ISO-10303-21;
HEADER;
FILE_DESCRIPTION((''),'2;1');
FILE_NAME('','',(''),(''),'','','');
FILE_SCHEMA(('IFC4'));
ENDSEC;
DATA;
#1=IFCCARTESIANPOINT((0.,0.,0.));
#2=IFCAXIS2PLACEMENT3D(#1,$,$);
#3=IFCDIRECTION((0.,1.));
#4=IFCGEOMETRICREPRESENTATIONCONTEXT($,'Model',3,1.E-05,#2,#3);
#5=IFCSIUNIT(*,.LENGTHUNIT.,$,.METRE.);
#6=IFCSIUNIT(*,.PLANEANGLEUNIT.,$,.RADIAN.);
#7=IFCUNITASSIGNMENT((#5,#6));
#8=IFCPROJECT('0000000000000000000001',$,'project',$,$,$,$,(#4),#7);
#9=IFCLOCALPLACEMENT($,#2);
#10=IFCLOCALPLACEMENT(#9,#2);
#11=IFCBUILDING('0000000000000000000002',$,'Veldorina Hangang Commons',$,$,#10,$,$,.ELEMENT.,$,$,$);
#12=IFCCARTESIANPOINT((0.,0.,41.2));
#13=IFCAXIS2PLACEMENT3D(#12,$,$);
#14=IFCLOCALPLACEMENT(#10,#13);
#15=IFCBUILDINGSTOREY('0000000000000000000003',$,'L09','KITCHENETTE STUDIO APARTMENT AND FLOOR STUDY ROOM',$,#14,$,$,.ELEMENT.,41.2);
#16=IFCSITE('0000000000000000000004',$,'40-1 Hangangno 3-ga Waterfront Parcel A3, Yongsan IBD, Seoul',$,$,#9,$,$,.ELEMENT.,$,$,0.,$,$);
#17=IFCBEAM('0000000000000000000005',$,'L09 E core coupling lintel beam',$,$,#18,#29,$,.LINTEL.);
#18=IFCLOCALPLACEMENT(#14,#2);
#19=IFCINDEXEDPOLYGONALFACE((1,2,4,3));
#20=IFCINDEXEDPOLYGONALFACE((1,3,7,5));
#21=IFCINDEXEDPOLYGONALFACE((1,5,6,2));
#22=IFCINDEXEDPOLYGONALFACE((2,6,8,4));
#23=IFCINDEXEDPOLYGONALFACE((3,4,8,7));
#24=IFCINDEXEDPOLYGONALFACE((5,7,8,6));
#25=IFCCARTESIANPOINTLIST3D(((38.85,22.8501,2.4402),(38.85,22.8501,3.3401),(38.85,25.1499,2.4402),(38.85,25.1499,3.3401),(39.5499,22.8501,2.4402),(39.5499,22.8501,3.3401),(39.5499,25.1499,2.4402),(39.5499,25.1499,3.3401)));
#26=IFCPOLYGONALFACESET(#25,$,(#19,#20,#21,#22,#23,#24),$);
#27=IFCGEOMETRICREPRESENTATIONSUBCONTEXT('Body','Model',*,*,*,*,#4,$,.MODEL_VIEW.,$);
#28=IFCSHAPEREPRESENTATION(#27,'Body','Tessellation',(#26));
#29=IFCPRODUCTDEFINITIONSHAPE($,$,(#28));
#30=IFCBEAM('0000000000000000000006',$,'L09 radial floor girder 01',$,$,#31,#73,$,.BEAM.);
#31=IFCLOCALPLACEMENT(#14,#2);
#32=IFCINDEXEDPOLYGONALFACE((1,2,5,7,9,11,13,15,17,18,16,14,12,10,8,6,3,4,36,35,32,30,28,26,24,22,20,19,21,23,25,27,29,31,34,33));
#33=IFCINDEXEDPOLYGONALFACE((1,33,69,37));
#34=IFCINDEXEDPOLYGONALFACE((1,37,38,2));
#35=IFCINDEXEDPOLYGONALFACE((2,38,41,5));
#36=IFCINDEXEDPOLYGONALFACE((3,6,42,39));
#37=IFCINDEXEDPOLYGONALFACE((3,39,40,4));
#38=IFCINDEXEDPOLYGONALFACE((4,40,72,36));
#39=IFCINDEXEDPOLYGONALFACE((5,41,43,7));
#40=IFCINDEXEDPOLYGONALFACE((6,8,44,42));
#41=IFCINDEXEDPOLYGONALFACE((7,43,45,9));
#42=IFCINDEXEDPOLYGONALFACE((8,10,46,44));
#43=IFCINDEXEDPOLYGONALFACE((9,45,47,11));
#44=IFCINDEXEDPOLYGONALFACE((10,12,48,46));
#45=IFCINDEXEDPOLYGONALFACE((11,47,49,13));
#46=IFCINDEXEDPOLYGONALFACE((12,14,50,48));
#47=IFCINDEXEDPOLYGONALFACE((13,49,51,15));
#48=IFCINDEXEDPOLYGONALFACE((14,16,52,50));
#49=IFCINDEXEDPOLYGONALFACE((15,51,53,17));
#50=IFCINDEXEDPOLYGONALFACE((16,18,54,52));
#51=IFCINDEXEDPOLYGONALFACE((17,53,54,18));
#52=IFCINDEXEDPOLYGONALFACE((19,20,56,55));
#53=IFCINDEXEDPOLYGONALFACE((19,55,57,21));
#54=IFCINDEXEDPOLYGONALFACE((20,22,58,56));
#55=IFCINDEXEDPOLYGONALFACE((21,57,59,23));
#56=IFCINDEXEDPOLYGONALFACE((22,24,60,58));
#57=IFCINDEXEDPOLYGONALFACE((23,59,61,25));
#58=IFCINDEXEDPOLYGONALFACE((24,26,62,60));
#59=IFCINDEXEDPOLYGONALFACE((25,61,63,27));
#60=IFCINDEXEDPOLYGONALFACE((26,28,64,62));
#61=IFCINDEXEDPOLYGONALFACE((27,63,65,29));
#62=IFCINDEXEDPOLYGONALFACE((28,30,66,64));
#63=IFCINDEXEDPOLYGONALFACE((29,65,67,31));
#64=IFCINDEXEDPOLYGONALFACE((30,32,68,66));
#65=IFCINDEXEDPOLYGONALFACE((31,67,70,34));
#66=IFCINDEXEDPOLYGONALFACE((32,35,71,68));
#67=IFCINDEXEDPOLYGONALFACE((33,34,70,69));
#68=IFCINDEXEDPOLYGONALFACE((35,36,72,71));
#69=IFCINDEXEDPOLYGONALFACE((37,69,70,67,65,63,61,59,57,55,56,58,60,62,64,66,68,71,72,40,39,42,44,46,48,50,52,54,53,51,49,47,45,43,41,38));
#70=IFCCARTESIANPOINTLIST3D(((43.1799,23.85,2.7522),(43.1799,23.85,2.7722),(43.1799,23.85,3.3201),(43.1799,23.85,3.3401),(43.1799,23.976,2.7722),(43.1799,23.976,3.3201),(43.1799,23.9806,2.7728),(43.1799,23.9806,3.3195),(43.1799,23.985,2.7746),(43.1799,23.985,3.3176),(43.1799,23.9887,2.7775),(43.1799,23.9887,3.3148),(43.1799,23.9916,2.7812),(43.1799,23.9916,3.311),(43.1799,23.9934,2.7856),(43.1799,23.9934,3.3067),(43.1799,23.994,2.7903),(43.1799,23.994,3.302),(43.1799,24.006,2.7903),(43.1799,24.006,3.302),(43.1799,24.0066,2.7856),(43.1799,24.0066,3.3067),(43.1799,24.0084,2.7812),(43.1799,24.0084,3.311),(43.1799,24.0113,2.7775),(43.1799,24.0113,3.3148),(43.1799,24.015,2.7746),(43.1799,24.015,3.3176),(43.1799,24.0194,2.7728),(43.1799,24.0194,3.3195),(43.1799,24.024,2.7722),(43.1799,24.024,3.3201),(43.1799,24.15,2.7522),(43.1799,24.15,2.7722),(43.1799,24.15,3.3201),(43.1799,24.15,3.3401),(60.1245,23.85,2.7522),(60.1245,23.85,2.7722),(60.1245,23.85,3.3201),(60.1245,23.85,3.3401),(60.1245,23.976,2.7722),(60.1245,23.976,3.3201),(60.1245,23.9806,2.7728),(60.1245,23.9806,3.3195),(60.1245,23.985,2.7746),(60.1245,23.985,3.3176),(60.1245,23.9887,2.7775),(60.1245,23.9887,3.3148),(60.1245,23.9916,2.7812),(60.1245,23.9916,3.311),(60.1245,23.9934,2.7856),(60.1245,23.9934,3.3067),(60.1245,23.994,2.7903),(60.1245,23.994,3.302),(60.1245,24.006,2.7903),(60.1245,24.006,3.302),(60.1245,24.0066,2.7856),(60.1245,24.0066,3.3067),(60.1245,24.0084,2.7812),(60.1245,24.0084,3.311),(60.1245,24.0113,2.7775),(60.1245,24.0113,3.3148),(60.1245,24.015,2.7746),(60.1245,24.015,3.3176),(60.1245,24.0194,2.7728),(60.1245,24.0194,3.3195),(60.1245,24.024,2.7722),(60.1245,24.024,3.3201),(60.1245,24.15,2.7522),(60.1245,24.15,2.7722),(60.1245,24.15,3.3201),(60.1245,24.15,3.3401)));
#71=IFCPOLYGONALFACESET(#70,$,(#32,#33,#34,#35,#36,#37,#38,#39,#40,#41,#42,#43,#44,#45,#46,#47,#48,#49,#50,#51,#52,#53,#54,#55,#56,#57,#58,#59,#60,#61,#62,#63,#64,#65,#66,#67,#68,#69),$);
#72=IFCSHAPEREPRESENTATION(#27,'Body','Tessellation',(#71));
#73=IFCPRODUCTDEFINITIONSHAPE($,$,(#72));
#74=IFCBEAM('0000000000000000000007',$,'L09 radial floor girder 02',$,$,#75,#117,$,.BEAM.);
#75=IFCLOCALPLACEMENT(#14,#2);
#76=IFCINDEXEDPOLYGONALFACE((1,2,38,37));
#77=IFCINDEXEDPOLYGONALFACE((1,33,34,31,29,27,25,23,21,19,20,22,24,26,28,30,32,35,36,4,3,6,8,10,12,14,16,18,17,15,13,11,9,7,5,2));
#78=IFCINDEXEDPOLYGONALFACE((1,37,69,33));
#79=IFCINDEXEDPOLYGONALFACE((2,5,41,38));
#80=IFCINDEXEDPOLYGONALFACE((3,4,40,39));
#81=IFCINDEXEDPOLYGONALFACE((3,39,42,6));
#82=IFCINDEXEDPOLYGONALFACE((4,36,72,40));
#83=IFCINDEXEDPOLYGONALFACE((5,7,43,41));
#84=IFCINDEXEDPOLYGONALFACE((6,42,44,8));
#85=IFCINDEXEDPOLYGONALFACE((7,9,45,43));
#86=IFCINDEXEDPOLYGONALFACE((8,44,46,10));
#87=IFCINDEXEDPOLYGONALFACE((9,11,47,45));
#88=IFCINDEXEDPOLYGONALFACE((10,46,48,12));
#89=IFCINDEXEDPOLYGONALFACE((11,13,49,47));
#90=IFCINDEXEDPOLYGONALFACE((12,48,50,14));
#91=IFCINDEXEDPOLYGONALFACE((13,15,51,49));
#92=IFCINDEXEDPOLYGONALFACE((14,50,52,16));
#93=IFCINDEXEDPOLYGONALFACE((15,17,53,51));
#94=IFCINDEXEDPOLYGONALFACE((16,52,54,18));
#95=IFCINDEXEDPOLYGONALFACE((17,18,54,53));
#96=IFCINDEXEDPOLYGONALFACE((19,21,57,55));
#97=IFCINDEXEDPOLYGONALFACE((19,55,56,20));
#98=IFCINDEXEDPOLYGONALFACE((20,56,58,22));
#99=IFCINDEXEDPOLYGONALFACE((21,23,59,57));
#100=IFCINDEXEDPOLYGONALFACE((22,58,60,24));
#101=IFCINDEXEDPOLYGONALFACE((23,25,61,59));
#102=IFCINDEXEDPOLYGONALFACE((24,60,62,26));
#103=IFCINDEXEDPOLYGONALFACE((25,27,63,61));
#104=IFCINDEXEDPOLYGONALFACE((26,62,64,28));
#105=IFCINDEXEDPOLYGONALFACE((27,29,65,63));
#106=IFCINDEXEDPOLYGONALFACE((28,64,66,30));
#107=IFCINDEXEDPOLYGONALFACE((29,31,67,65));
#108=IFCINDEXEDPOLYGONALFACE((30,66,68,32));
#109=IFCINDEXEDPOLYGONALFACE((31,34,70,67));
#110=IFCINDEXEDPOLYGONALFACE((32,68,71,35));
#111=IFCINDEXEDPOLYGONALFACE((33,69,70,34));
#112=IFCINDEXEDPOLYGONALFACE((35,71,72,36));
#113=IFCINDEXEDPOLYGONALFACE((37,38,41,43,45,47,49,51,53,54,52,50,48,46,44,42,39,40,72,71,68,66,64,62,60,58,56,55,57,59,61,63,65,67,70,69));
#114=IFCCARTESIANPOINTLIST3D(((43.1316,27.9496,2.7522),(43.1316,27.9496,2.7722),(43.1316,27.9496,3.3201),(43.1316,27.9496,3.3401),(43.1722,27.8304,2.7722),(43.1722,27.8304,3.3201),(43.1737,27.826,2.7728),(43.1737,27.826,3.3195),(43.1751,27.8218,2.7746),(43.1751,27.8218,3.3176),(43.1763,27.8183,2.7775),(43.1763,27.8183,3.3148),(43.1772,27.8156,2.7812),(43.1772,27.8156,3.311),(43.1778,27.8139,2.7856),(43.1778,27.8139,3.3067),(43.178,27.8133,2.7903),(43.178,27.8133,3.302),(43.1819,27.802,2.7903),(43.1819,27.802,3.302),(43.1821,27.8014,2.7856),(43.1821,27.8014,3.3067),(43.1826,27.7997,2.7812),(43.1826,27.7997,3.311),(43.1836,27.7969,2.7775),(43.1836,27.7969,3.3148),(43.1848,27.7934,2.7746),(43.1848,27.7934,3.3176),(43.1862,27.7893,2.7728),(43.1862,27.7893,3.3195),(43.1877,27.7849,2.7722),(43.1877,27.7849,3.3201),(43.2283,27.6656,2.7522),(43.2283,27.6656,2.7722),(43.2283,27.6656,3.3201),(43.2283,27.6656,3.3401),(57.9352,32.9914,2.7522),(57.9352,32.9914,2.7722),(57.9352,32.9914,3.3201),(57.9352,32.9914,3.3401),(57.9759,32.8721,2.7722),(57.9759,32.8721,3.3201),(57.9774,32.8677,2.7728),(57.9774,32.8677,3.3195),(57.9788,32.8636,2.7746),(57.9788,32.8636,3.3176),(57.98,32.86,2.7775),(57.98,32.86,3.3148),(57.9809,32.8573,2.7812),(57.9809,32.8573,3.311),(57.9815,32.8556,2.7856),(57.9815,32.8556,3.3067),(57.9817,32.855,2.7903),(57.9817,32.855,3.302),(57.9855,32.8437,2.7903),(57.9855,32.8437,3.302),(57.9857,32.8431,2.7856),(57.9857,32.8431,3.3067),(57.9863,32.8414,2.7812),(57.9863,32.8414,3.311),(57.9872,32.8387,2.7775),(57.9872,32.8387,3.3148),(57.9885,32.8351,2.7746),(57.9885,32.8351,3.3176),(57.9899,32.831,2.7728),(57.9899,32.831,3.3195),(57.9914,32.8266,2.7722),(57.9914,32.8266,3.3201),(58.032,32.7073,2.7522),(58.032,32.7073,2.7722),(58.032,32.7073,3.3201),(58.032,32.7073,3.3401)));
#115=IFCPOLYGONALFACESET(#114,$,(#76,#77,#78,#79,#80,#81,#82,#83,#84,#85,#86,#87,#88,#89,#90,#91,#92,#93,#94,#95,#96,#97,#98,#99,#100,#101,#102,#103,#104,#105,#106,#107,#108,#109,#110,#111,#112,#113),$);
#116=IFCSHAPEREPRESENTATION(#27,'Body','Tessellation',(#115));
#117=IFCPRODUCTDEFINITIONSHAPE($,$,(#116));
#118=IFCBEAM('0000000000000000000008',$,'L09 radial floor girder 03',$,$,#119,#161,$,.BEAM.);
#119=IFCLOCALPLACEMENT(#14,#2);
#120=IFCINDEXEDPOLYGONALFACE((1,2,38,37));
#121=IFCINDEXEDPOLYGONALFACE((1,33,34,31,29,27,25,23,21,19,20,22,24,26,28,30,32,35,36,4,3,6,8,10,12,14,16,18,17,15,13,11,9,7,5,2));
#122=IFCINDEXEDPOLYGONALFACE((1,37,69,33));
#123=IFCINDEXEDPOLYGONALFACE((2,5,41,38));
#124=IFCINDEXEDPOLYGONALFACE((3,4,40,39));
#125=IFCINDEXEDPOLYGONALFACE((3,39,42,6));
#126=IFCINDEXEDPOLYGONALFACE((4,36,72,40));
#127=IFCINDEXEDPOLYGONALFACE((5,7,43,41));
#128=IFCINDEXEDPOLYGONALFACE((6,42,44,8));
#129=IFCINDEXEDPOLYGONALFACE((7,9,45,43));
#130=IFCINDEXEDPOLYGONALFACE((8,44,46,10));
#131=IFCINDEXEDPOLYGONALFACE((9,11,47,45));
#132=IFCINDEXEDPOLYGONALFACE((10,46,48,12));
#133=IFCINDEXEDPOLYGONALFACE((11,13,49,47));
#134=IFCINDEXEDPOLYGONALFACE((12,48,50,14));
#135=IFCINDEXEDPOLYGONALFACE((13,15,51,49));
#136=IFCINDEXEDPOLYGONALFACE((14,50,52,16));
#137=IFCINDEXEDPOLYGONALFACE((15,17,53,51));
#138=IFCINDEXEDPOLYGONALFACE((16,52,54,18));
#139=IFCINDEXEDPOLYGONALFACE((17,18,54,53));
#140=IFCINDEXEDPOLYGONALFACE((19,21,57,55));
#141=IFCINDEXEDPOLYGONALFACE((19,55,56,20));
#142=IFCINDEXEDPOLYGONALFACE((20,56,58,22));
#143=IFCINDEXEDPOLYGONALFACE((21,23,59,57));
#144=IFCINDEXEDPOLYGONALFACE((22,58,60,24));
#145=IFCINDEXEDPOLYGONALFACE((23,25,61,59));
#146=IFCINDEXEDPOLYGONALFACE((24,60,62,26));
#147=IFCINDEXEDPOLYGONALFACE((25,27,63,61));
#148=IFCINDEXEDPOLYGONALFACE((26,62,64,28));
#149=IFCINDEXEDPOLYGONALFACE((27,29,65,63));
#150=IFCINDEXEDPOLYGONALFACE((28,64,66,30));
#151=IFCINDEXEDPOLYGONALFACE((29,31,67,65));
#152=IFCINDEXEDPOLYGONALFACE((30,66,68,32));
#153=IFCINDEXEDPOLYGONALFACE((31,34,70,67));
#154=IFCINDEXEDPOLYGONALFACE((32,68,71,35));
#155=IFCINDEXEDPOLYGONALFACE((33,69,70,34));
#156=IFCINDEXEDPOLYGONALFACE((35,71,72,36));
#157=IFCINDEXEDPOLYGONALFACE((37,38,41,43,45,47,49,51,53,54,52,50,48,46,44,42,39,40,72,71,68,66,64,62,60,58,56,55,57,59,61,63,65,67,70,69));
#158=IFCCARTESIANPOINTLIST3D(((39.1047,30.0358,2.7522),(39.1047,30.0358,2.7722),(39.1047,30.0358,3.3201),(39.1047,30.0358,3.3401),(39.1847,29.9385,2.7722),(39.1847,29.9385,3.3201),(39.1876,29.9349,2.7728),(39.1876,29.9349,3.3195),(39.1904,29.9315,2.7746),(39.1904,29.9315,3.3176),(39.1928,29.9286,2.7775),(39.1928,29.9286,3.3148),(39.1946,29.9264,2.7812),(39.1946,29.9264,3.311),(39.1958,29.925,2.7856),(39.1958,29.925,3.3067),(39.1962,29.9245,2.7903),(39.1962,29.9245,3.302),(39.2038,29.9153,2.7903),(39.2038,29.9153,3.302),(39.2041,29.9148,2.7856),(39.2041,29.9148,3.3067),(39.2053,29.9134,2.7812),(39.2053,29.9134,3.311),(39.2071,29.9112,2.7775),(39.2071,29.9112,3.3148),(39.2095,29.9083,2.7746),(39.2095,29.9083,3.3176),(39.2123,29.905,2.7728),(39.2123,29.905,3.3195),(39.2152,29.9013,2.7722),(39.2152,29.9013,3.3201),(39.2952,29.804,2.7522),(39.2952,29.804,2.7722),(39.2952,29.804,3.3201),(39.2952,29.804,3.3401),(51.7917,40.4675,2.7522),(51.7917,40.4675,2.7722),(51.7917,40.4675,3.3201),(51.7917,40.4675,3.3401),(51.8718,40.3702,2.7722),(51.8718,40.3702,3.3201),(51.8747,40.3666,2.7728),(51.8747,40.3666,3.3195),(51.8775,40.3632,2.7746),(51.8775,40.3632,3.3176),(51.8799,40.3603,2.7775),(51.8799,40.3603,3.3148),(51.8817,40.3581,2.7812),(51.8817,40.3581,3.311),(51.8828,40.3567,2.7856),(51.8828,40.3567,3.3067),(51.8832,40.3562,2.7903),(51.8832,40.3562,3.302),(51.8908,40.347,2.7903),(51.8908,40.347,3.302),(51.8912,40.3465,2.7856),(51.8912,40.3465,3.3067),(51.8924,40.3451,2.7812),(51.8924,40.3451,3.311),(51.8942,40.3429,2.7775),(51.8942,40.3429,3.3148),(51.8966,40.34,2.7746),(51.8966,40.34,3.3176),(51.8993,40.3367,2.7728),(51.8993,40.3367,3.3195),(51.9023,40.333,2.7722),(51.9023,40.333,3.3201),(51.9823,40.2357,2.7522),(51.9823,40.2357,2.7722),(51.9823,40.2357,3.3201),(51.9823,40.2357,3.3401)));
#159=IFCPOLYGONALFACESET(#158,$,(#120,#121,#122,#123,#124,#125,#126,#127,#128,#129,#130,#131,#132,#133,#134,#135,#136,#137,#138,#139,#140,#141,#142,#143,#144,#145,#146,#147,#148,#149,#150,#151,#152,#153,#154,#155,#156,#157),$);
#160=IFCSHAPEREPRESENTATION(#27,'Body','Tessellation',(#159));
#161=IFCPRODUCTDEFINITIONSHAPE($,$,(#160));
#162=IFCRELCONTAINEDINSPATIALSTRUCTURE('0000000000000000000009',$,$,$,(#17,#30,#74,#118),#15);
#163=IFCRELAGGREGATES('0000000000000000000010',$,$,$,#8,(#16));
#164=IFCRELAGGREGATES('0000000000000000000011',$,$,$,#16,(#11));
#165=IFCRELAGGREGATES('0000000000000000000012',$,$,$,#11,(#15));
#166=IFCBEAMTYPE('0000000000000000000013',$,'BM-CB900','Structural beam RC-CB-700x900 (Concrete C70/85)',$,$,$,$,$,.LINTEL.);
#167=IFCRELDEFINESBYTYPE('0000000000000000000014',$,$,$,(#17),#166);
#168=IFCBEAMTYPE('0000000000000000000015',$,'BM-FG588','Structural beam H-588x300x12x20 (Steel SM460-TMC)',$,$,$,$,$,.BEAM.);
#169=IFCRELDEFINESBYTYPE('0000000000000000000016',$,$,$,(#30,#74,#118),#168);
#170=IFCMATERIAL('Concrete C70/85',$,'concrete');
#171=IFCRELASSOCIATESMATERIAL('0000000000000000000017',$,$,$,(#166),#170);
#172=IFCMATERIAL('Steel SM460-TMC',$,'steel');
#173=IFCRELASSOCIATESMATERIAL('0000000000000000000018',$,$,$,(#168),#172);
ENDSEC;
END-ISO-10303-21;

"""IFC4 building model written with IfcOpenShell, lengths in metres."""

from ifc_helpers import new_model, si_unit, direction, frame, origin, origin_2d, place, context, subcontext, project, spatial, rectangle, i_section, extrude, material, material_profile, profile_set, type_object, element, save


model = new_model("IFC4")

# Units and contexts
model_context = context("Model", 3, precision=1e-05, world=origin(), true_north=direction((0.0, 1.0)))
body_context = subcontext(model_context, "Body", "Model", "MODEL_VIEW")
ifc_project = project(units=[si_unit("LENGTHUNIT", "METRE"), si_unit("PLANEANGLEUNIT", "RADIAN")], contexts=[model_context])

# Site, building, storey
site_placement = place(None, origin())
site = spatial("IfcSite", under=ifc_project, at=site_placement, Name="40-1 Hangangno 3-ga Waterfront Parcel A3, Yongsan IBD, Seoul", CompositionType="ELEMENT", RefElevation=0.0)
building_placement = place(site_placement, origin())
building = spatial("IfcBuilding", under=site, at=building_placement, Name="Veldorina Hangang Commons", CompositionType="ELEMENT")
storey_placement = place(building_placement, frame((0.0, 0.0, 41.2)))
storey = spatial("IfcBuildingStorey", under=building, at=storey_placement, Name="L09", Description="KITCHENETTE STUDIO APARTMENT AND FLOOR STUDY ROOM", CompositionType="ELEMENT", Elevation=41.2)

# Beams
ifc_material_1 = material(Name="Concrete C70/85", Category="concrete")
ifc_material_profile_1 = material_profile(ifc_material_1, rectangle(XDim=0.7, YDim=0.8999, at=origin_2d()), Name="RC-CB-700x900")
ifc_profile_set_1 = profile_set([ifc_material_profile_1], Name="Concrete C70/85")
beam_type_1 = type_object("IfcBeamType", Name="BM-CB900", Description="Structural beam RC-CB-700x900 (Concrete C70/85)", PredefinedType="LINTEL", material=ifc_profile_set_1)
beam_1_placement = place(storey_placement, frame((39.2, 22.8501, 2.8901), z_axis=(0.0, 1.0, 0.0), x_axis=(-1.0, 0.0, 0.0)))
element("IfcBeam", 1, at=beam_1_placement, inside=storey, type_object=beam_type_1, Name="L09 E core coupling lintel beam", PredefinedType="LINTEL", context=body_context, shape_type="SweptSolid", body=[
    extrude(rectangle(XDim=0.7, YDim=0.8999, at=origin_2d()), origin(), (0.0, 0.0, 1.0), 2.2998),
])
ifc_material_2 = material(Name="Steel SM460-TMC", Category="steel")
ifc_material_profile_2 = material_profile(ifc_material_2, i_section(OverallWidth=0.3, OverallDepth=0.5879, WebThickness=0.012, FlangeThickness=0.02, FilletRadius=0.0181, at=origin_2d()), Name="H-588x300x12x20")
ifc_profile_set_2 = profile_set([ifc_material_profile_2], Name="Steel SM460-TMC")
beam_type_2 = type_object("IfcBeamType", Name="BM-FG588", Description="Structural beam H-588x300x12x20 (Steel SM460-TMC)", PredefinedType="BEAM", material=ifc_profile_set_2)
beam_2_placement = place(storey_placement, frame((43.1799, 24.0, 3.0461), z_axis=(1.0, 0.0, 0.0), x_axis=(0.0, 1.0, 0.0)))
element("IfcBeam", 2, at=beam_2_placement, inside=storey, type_object=beam_type_2, Name="L09 radial floor girder 01", PredefinedType="BEAM", context=body_context, shape_type="SweptSolid", body=[
    extrude(i_section(OverallWidth=0.3, OverallDepth=0.5879, WebThickness=0.012, FlangeThickness=0.02, FilletRadius=0.0181, at=origin_2d()), origin(), (0.0, 0.0, 1.0), 16.9446),
])
beam_3_placement = place(storey_placement, frame((43.1799, 27.8076, 3.0461), z_axis=(0.946607, 0.322389, 0.0), x_axis=(-0.322389, 0.946607, 0.0)))
element("IfcBeam", 3, at=beam_3_placement, inside=storey, type_object=beam_type_2, Name="L09 radial floor girder 02", PredefinedType="BEAM", context=body_context, shape_type="SweptSolid", body=[
    extrude(i_section(OverallWidth=0.3, OverallDepth=0.5879, WebThickness=0.012, FlangeThickness=0.02, FilletRadius=0.0181, at=origin_2d()), origin(), (0.0, 0.0, 1.0), 15.6387),
])
beam_4_placement = place(storey_placement, frame((39.2, 29.9199, 3.0461), z_axis=(0.772423, 0.635109, 0.0), x_axis=(-0.635109, 0.772423, 0.0)))
element("IfcBeam", 4, at=beam_4_placement, inside=storey, type_object=beam_type_2, Name="L09 radial floor girder 03", PredefinedType="BEAM", context=body_context, shape_type="SweptSolid", body=[
    extrude(i_section(OverallWidth=0.3, OverallDepth=0.5879, WebThickness=0.012, FlangeThickness=0.02, FilletRadius=0.0181, at=origin_2d()), origin(), (0.0, 0.0, 1.0), 16.425),
])

save(model, "model.ifc")
